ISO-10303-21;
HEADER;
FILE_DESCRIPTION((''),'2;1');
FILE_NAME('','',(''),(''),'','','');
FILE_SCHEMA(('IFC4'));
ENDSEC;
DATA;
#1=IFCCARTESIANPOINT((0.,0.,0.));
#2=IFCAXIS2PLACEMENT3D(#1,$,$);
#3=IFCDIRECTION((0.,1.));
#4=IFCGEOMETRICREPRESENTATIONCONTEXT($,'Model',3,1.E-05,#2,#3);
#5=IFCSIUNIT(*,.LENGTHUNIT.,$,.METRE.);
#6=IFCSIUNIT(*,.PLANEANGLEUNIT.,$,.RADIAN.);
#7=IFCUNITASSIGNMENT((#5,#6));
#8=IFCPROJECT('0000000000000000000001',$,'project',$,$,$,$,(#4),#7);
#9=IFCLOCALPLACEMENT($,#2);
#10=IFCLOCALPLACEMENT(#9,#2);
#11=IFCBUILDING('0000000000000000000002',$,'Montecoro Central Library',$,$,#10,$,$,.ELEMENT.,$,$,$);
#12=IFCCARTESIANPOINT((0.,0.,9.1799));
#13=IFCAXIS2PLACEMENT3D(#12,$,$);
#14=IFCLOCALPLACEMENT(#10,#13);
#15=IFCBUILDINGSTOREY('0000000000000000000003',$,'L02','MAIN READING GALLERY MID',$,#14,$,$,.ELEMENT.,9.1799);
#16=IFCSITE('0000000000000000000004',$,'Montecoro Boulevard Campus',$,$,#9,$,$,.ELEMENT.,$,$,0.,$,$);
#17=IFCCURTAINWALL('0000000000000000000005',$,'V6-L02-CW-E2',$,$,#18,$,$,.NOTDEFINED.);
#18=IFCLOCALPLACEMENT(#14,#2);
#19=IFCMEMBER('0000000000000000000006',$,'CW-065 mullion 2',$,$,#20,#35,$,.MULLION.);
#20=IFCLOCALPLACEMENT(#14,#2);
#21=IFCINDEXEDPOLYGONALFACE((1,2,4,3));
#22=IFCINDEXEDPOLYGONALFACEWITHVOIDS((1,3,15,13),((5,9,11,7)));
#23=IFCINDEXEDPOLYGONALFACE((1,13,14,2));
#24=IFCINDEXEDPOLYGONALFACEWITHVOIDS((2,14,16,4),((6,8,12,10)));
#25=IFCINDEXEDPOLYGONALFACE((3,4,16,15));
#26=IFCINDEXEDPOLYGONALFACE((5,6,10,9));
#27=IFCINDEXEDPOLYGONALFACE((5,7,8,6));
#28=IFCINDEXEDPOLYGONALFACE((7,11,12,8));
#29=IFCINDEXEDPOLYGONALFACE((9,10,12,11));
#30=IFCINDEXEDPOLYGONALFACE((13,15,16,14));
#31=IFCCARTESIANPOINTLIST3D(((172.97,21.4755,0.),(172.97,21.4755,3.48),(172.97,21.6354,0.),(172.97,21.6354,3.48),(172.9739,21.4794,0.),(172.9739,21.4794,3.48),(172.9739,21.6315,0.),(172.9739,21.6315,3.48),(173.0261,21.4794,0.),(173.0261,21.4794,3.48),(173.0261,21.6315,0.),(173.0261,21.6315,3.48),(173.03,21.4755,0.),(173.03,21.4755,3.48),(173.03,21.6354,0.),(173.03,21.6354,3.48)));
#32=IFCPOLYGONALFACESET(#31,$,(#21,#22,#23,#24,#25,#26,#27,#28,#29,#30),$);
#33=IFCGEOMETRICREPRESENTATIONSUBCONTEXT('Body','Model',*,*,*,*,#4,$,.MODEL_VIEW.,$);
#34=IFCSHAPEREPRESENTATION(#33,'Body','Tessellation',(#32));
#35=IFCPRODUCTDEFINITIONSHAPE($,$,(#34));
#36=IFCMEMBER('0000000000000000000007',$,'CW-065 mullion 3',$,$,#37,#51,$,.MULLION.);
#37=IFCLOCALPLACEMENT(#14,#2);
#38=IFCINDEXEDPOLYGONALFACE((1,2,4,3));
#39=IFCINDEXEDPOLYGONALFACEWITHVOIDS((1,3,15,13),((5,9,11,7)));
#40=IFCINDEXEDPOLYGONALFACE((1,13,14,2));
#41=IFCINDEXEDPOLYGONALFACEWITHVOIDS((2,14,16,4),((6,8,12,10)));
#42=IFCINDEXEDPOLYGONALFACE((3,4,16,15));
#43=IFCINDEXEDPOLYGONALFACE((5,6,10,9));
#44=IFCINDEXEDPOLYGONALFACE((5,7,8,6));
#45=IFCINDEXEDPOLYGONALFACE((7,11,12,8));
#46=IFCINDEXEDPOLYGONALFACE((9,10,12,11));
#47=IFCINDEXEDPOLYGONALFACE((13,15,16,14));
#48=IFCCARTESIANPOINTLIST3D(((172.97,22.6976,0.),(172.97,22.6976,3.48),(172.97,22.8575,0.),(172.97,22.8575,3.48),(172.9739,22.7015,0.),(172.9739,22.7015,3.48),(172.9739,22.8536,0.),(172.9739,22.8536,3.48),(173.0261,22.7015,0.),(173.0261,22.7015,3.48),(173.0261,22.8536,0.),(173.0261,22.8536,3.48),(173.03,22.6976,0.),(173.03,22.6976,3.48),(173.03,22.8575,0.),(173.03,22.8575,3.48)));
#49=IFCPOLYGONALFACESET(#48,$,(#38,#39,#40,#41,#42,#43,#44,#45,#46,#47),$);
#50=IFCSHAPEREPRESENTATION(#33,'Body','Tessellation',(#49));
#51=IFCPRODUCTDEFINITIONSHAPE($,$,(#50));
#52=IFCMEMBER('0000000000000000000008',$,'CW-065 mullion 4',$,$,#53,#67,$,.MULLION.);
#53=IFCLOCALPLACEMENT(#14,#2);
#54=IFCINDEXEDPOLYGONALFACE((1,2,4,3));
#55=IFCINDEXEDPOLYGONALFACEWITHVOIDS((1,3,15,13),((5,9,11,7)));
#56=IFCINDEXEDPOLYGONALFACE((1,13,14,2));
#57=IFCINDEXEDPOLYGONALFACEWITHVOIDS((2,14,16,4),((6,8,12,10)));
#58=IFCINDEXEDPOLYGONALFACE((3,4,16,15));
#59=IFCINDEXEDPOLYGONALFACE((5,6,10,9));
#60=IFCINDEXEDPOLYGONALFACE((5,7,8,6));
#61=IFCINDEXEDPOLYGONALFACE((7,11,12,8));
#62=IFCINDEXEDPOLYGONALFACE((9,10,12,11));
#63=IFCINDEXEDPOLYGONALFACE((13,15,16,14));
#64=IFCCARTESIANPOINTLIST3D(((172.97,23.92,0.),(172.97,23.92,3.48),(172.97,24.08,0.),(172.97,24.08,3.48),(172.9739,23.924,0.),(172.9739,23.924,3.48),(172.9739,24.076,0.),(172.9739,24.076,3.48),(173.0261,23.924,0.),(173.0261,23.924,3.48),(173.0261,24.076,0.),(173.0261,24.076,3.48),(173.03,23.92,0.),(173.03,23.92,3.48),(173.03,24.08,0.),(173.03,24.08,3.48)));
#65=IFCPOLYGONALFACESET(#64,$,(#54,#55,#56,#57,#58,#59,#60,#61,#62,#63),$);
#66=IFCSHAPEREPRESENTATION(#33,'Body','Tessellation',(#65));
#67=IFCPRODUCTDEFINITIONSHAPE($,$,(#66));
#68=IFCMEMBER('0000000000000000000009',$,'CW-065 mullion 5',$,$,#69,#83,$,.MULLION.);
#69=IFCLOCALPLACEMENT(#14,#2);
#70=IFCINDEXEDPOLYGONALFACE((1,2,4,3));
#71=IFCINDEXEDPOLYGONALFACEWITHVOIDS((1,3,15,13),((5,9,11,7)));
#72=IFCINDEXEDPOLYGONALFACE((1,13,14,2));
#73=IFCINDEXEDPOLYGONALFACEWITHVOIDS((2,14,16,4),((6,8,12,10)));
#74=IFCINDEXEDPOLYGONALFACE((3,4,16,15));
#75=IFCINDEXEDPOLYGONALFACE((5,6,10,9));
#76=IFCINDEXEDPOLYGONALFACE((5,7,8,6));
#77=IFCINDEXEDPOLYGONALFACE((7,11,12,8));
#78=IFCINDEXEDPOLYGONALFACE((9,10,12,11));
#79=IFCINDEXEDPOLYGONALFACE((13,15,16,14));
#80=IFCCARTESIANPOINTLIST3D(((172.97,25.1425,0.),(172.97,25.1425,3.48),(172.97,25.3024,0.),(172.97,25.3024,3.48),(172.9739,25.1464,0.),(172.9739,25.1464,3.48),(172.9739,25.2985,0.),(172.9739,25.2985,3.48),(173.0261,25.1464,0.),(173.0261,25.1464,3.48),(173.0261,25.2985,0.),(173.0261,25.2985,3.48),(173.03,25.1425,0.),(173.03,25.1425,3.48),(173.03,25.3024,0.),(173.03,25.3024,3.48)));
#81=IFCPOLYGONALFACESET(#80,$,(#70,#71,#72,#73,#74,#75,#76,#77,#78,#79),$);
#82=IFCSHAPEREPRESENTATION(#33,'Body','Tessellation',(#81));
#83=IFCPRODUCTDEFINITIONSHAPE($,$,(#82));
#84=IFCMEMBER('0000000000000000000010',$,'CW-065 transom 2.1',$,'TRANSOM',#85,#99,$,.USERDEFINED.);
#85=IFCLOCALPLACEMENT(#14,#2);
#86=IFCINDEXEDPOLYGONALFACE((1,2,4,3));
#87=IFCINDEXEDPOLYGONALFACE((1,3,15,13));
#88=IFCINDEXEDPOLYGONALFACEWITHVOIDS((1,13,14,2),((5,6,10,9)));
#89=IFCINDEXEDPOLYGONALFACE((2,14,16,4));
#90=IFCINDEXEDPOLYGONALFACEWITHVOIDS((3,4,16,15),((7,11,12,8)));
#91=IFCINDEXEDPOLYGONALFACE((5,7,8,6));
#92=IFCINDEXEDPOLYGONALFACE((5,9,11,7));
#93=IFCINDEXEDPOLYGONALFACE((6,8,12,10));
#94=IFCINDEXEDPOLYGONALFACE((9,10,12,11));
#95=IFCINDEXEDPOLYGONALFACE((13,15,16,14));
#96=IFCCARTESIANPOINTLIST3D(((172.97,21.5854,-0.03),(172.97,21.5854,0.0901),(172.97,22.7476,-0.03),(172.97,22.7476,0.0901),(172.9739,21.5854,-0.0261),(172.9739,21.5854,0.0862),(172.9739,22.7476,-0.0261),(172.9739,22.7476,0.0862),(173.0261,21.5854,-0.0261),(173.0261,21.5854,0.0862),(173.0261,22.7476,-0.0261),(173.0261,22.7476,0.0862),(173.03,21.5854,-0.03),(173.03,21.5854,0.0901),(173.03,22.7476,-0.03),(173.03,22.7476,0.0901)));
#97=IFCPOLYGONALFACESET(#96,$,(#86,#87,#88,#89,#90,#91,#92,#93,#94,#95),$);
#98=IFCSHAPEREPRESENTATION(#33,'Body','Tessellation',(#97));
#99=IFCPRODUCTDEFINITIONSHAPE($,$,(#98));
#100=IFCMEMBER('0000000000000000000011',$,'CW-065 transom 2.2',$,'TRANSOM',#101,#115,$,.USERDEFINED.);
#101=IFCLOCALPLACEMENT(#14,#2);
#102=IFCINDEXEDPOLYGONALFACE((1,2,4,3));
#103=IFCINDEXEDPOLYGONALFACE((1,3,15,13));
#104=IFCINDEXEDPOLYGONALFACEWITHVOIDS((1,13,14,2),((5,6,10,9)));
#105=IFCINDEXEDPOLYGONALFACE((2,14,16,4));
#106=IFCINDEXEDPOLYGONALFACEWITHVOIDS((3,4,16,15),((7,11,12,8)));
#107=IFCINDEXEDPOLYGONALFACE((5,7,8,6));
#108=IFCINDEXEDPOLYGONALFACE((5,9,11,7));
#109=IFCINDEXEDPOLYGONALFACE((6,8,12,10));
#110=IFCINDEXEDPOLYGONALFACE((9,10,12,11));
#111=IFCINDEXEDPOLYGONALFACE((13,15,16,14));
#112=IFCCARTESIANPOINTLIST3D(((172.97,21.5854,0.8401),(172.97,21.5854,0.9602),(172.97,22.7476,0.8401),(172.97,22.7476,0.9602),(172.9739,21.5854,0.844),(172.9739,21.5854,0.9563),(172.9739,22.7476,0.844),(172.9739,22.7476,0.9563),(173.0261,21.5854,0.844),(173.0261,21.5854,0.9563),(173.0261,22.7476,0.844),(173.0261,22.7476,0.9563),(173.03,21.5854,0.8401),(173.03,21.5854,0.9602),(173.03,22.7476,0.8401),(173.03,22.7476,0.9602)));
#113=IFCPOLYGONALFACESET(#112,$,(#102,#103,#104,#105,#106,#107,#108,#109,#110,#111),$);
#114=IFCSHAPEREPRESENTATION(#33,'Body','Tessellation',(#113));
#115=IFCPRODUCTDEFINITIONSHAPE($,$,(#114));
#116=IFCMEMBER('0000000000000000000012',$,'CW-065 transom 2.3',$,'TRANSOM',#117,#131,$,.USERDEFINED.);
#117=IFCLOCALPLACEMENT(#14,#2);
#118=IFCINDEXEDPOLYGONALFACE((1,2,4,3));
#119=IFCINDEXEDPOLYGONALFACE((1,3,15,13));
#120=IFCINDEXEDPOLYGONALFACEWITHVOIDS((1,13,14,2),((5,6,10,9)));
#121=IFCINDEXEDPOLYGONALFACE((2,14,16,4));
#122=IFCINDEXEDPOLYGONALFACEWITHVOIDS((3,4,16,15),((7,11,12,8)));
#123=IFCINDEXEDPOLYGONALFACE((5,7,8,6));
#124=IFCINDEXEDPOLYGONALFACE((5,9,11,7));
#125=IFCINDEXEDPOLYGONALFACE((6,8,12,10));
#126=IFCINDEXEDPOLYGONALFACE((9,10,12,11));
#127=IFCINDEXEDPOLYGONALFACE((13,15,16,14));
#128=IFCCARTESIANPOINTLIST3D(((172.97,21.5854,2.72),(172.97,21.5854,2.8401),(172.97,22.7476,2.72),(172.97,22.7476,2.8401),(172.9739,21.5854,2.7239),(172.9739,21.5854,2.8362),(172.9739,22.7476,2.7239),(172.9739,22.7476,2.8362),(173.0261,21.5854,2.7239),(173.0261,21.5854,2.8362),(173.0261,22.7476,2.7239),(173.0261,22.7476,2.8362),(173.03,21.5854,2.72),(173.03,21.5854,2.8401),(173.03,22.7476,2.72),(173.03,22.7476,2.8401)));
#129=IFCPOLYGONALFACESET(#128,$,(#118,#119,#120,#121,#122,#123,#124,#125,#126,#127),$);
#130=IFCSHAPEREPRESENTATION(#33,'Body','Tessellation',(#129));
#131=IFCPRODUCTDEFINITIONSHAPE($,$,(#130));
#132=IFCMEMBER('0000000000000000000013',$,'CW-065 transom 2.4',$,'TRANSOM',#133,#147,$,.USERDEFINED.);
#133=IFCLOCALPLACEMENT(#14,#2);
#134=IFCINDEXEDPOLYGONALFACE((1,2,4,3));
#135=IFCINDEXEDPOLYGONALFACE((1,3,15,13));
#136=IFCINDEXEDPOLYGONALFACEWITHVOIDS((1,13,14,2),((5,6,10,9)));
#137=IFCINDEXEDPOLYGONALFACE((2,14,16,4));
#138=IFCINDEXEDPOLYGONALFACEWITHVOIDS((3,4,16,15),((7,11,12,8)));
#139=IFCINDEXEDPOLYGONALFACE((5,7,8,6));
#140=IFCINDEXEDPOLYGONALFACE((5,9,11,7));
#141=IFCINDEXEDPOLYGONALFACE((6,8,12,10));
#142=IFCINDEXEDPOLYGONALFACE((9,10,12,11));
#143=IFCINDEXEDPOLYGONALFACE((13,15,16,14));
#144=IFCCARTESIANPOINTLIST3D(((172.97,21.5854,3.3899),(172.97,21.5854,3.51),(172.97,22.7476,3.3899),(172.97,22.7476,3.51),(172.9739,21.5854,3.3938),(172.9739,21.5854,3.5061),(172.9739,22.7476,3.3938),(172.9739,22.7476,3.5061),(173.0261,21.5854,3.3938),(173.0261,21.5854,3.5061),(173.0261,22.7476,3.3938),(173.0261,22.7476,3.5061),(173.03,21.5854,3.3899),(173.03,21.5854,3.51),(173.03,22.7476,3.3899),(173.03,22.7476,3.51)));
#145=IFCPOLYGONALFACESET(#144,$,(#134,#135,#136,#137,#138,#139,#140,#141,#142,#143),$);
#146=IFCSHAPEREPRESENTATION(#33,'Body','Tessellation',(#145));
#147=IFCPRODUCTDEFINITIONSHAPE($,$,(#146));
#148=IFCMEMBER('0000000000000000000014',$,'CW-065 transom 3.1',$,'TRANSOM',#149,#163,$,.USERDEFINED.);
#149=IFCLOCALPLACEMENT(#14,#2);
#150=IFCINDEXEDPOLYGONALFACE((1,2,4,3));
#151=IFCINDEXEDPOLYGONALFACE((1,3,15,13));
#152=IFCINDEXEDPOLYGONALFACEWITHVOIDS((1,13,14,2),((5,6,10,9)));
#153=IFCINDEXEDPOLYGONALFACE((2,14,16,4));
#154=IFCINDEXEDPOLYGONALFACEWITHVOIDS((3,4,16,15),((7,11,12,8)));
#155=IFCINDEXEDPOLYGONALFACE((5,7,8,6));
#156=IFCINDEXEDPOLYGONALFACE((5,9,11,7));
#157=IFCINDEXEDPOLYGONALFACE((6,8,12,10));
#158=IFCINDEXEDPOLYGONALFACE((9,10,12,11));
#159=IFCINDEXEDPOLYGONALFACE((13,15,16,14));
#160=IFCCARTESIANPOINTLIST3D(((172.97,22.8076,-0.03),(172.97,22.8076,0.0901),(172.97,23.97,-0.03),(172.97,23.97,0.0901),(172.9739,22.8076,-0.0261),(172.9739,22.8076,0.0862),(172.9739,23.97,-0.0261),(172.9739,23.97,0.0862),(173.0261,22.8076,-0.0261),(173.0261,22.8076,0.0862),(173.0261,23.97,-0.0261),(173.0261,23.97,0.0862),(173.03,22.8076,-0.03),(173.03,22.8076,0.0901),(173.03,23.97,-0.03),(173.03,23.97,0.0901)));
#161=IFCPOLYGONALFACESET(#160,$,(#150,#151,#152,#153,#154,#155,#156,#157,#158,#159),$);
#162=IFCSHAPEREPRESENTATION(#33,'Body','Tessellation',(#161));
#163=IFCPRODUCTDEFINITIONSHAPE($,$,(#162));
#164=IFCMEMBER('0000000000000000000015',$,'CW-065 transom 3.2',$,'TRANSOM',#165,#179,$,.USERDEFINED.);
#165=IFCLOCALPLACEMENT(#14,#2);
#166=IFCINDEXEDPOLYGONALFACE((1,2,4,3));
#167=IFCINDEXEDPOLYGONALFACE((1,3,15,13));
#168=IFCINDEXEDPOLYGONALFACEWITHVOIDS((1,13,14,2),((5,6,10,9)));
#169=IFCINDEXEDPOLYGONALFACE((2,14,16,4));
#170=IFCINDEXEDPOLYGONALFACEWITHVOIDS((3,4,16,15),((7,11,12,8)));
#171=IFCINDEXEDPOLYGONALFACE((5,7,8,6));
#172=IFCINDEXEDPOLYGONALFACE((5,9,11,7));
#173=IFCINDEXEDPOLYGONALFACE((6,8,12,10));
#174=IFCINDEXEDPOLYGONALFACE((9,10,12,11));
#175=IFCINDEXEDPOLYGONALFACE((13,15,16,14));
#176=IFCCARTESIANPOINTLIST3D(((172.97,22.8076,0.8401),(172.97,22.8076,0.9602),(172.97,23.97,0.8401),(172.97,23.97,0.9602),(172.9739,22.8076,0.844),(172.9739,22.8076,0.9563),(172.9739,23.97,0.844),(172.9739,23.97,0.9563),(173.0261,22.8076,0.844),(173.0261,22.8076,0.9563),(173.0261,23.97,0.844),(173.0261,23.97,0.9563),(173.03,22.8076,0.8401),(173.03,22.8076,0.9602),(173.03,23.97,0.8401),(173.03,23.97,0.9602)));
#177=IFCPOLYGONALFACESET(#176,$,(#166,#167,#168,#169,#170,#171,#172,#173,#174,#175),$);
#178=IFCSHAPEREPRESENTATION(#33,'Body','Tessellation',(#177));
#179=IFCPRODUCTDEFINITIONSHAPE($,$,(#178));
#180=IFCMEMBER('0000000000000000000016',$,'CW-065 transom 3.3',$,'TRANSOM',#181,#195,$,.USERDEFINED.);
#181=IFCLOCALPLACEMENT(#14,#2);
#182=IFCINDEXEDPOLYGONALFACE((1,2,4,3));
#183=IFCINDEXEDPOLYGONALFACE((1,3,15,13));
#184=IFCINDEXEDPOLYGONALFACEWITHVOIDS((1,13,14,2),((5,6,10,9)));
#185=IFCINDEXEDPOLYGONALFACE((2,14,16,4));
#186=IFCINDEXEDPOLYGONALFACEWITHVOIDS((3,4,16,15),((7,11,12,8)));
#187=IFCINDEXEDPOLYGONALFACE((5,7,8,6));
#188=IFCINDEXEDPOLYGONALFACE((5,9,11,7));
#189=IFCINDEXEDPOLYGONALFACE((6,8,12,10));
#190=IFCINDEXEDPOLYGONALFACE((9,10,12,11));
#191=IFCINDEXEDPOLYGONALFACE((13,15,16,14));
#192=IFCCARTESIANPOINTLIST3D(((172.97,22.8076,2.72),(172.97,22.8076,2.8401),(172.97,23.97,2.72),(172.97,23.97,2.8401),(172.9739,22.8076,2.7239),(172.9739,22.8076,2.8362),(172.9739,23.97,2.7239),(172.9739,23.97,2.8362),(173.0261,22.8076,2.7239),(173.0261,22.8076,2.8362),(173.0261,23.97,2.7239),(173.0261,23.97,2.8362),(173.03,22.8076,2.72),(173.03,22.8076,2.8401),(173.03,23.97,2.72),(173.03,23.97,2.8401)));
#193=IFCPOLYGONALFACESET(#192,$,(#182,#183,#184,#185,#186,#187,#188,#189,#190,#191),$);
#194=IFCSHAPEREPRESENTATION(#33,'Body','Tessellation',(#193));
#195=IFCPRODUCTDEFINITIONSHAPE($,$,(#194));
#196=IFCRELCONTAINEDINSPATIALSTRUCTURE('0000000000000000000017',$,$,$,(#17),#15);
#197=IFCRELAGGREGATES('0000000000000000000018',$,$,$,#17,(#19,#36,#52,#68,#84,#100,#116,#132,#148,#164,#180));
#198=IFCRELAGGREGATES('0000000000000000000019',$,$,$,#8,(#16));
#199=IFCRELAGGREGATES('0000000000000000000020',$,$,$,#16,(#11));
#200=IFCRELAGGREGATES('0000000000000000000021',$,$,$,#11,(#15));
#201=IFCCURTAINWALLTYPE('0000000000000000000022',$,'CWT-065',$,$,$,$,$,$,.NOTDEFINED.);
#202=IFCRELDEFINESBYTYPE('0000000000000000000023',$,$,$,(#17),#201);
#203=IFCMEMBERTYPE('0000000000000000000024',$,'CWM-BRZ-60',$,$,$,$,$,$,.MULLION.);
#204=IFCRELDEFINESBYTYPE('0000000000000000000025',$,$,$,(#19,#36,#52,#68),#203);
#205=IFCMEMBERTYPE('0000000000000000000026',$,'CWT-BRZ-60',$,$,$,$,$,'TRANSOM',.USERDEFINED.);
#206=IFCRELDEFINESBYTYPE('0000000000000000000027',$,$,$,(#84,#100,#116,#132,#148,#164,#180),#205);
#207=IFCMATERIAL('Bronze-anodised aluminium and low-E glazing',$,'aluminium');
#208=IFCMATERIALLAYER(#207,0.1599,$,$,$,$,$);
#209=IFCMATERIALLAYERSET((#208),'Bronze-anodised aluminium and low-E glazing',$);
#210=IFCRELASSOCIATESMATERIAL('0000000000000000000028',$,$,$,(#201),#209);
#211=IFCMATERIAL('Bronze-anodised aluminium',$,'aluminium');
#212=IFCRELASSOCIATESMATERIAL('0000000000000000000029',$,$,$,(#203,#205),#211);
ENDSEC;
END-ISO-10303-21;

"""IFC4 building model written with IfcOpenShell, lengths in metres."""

from ifc_helpers import new_model, si_unit, direction, frame, origin, origin_2d, place, context, subcontext, project, spatial, hollow_rectangle, extrude, material, layer, layer_set, material_profile, profile_set, type_object, element, aggregate, save


model = new_model("IFC4")

# Units and contexts
model_context = context("Model", 3, precision=1e-05, world=origin(), true_north=direction((0.0, 1.0)))
body_context = subcontext(model_context, "Body", "Model", "MODEL_VIEW")
ifc_project = project(units=[si_unit("LENGTHUNIT", "METRE"), si_unit("PLANEANGLEUNIT", "RADIAN")], contexts=[model_context])

# Site, building, storey
site_placement = place(None, origin())
site = spatial("IfcSite", under=ifc_project, at=site_placement, Name="Montecoro Boulevard Campus", CompositionType="ELEMENT", RefElevation=0.0)
building_placement = place(site_placement, origin())
building = spatial("IfcBuilding", under=site, at=building_placement, Name="Montecoro Central Library", CompositionType="ELEMENT")
storey_placement = place(building_placement, frame((0.0, 0.0, 9.1799)))
storey = spatial("IfcBuildingStorey", under=building, at=storey_placement, Name="L02", Description="MAIN READING GALLERY MID", CompositionType="ELEMENT", Elevation=9.1799)

# Curtain wall, members
ifc_material_1 = material(Name="Bronze-anodised aluminium and low-E glazing", Category="aluminium")
ifc_layer_1 = layer(ifc_material_1, 0.1599)
ifc_layer_set_1 = layer_set([ifc_layer_1], Name="Bronze-anodised aluminium and low-E glazing")
curtain_wall_type = type_object("IfcCurtainWallType", Name="CWT-065", PredefinedType="NOTDEFINED", material=ifc_layer_set_1)
curtain_wall_placement = place(storey_placement, origin())
curtain_wall = element("IfcCurtainWall", 1, at=curtain_wall_placement, inside=storey, type_object=curtain_wall_type, Name="V6-L02-CW-E2", PredefinedType="NOTDEFINED")
ifc_material_2 = material(Name="Bronze-anodised aluminium", Category="aluminium")
ifc_material_profile_1 = material_profile(ifc_material_2, hollow_rectangle(XDim=0.0601, YDim=0.1599, WallThickness=0.0039, at=origin_2d()), Name="CWM 160x60x4.0")
ifc_profile_set_1 = profile_set([ifc_material_profile_1], Name="Bronze-anodised aluminium")
member_type_1 = type_object("IfcMemberType", Name="CWM-BRZ-60", PredefinedType="MULLION", material=ifc_profile_set_1)
member_1_placement = place(storey_placement, frame((173.0, 21.5554, 0.0), z_axis=(0.0, 0.0, 1.0), x_axis=(-1.0, 0.0, 0.0)))
member_1 = element("IfcMember", 2, at=member_1_placement, type_object=member_type_1, Name="CW-065 mullion 2", PredefinedType="MULLION", context=body_context, shape_type="SweptSolid", body=[
    extrude(hollow_rectangle(XDim=0.0601, YDim=0.1599, WallThickness=0.0039, at=origin_2d()), origin(), (0.0, 0.0, 1.0), 3.48),
])
member_2_placement = place(storey_placement, frame((173.0, 22.7776, 0.0), z_axis=(0.0, 0.0, 1.0), x_axis=(-1.0, 0.0, 0.0)))
member_2 = element("IfcMember", 3, at=member_2_placement, type_object=member_type_1, Name="CW-065 mullion 3", PredefinedType="MULLION", context=body_context, shape_type="SweptSolid", body=[
    extrude(hollow_rectangle(XDim=0.0601, YDim=0.1599, WallThickness=0.0039, at=origin_2d()), origin(), (0.0, 0.0, 1.0), 3.48),
])
member_3_placement = place(storey_placement, frame((173.0, 24.0, 0.0), z_axis=(0.0, 0.0, 1.0), x_axis=(-1.0, 0.0, 0.0)))
member_3 = element("IfcMember", 4, at=member_3_placement, type_object=member_type_1, Name="CW-065 mullion 4", PredefinedType="MULLION", context=body_context, shape_type="SweptSolid", body=[
    extrude(hollow_rectangle(XDim=0.0601, YDim=0.1599, WallThickness=0.0039, at=origin_2d()), origin(), (0.0, 0.0, 1.0), 3.48),
])
member_4_placement = place(storey_placement, frame((173.0, 25.2224, 0.0), z_axis=(0.0, 0.0, 1.0), x_axis=(-1.0, 0.0, 0.0)))
member_4 = element("IfcMember", 5, at=member_4_placement, type_object=member_type_1, Name="CW-065 mullion 5", PredefinedType="MULLION", context=body_context, shape_type="SweptSolid", body=[
    extrude(hollow_rectangle(XDim=0.0601, YDim=0.1599, WallThickness=0.0039, at=origin_2d()), origin(), (0.0, 0.0, 1.0), 3.48),
])
ifc_material_profile_2 = material_profile(ifc_material_2, hollow_rectangle(XDim=0.0601, YDim=0.1201, WallThickness=0.0039, at=origin_2d()), Name="CWT 120x60x4.0")
ifc_profile_set_2 = profile_set([ifc_material_profile_2], Name="Bronze-anodised aluminium")
member_type_2 = type_object("IfcMemberType", Name="CWT-BRZ-60", ElementType="TRANSOM", PredefinedType="USERDEFINED", material=ifc_profile_set_2)
member_5_placement = place(storey_placement, frame((173.0, 21.5854, 0.03), z_axis=(0.0, 1.0, 0.0), x_axis=(-1.0, 0.0, 0.0)))
member_5 = element("IfcMember", 6, at=member_5_placement, type_object=member_type_2, Name="CW-065 transom 2.1", ObjectType="TRANSOM", PredefinedType="USERDEFINED", context=body_context, shape_type="SweptSolid", body=[
    extrude(hollow_rectangle(XDim=0.0601, YDim=0.1201, WallThickness=0.0039, at=origin_2d()), origin(), (0.0, 0.0, 1.0), 1.1621),
])
member_6_placement = place(storey_placement, frame((173.0, 21.5854, 0.9001), z_axis=(0.0, 1.0, 0.0), x_axis=(-1.0, 0.0, 0.0)))
member_6 = element("IfcMember", 7, at=member_6_placement, type_object=member_type_2, Name="CW-065 transom 2.2", ObjectType="TRANSOM", PredefinedType="USERDEFINED", context=body_context, shape_type="SweptSolid", body=[
    extrude(hollow_rectangle(XDim=0.0601, YDim=0.1201, WallThickness=0.0039, at=origin_2d()), origin(), (0.0, 0.0, 1.0), 1.1621),
])
member_7_placement = place(storey_placement, frame((173.0, 21.5854, 2.78), z_axis=(0.0, 1.0, 0.0), x_axis=(-1.0, 0.0, 0.0)))
member_7 = element("IfcMember", 8, at=member_7_placement, type_object=member_type_2, Name="CW-065 transom 2.3", ObjectType="TRANSOM", PredefinedType="USERDEFINED", context=body_context, shape_type="SweptSolid", body=[
    extrude(hollow_rectangle(XDim=0.0601, YDim=0.1201, WallThickness=0.0039, at=origin_2d()), origin(), (0.0, 0.0, 1.0), 1.1621),
])
member_8_placement = place(storey_placement, frame((173.0, 21.5854, 3.45), z_axis=(0.0, 1.0, 0.0), x_axis=(-1.0, 0.0, 0.0)))
member_8 = element("IfcMember", 9, at=member_8_placement, type_object=member_type_2, Name="CW-065 transom 2.4", ObjectType="TRANSOM", PredefinedType="USERDEFINED", context=body_context, shape_type="SweptSolid", body=[
    extrude(hollow_rectangle(XDim=0.0601, YDim=0.1201, WallThickness=0.0039, at=origin_2d()), origin(), (0.0, 0.0, 1.0), 1.1621),
])
member_9_placement = place(storey_placement, frame((173.0, 22.8076, 0.03), z_axis=(0.0, 1.0, 0.0), x_axis=(-1.0, 0.0, 0.0)))
member_9 = element("IfcMember", 10, at=member_9_placement, type_object=member_type_2, Name="CW-065 transom 3.1", ObjectType="TRANSOM", PredefinedType="USERDEFINED", context=body_context, shape_type="SweptSolid", body=[
    extrude(hollow_rectangle(XDim=0.0601, YDim=0.1201, WallThickness=0.0039, at=origin_2d()), origin(), (0.0, 0.0, 1.0), 1.1624),
])
member_10_placement = place(storey_placement, frame((173.0, 22.8076, 0.9001), z_axis=(0.0, 1.0, 0.0), x_axis=(-1.0, 0.0, 0.0)))
member_10 = element("IfcMember", 11, at=member_10_placement, type_object=member_type_2, Name="CW-065 transom 3.2", ObjectType="TRANSOM", PredefinedType="USERDEFINED", context=body_context, shape_type="SweptSolid", body=[
    extrude(hollow_rectangle(XDim=0.0601, YDim=0.1201, WallThickness=0.0039, at=origin_2d()), origin(), (0.0, 0.0, 1.0), 1.1624),
])
member_11_placement = place(storey_placement, frame((173.0, 22.8076, 2.78), z_axis=(0.0, 1.0, 0.0), x_axis=(-1.0, 0.0, 0.0)))
member_11 = element("IfcMember", 12, at=member_11_placement, type_object=member_type_2, Name="CW-065 transom 3.3", ObjectType="TRANSOM", PredefinedType="USERDEFINED", context=body_context, shape_type="SweptSolid", body=[
    extrude(hollow_rectangle(XDim=0.0601, YDim=0.1201, WallThickness=0.0039, at=origin_2d()), origin(), (0.0, 0.0, 1.0), 1.1624),
])
aggregate(curtain_wall, [member_1, member_2, member_3, member_4, member_5, member_6, member_7, member_8, member_9, member_10, member_11])

save(model, "model.ifc")
